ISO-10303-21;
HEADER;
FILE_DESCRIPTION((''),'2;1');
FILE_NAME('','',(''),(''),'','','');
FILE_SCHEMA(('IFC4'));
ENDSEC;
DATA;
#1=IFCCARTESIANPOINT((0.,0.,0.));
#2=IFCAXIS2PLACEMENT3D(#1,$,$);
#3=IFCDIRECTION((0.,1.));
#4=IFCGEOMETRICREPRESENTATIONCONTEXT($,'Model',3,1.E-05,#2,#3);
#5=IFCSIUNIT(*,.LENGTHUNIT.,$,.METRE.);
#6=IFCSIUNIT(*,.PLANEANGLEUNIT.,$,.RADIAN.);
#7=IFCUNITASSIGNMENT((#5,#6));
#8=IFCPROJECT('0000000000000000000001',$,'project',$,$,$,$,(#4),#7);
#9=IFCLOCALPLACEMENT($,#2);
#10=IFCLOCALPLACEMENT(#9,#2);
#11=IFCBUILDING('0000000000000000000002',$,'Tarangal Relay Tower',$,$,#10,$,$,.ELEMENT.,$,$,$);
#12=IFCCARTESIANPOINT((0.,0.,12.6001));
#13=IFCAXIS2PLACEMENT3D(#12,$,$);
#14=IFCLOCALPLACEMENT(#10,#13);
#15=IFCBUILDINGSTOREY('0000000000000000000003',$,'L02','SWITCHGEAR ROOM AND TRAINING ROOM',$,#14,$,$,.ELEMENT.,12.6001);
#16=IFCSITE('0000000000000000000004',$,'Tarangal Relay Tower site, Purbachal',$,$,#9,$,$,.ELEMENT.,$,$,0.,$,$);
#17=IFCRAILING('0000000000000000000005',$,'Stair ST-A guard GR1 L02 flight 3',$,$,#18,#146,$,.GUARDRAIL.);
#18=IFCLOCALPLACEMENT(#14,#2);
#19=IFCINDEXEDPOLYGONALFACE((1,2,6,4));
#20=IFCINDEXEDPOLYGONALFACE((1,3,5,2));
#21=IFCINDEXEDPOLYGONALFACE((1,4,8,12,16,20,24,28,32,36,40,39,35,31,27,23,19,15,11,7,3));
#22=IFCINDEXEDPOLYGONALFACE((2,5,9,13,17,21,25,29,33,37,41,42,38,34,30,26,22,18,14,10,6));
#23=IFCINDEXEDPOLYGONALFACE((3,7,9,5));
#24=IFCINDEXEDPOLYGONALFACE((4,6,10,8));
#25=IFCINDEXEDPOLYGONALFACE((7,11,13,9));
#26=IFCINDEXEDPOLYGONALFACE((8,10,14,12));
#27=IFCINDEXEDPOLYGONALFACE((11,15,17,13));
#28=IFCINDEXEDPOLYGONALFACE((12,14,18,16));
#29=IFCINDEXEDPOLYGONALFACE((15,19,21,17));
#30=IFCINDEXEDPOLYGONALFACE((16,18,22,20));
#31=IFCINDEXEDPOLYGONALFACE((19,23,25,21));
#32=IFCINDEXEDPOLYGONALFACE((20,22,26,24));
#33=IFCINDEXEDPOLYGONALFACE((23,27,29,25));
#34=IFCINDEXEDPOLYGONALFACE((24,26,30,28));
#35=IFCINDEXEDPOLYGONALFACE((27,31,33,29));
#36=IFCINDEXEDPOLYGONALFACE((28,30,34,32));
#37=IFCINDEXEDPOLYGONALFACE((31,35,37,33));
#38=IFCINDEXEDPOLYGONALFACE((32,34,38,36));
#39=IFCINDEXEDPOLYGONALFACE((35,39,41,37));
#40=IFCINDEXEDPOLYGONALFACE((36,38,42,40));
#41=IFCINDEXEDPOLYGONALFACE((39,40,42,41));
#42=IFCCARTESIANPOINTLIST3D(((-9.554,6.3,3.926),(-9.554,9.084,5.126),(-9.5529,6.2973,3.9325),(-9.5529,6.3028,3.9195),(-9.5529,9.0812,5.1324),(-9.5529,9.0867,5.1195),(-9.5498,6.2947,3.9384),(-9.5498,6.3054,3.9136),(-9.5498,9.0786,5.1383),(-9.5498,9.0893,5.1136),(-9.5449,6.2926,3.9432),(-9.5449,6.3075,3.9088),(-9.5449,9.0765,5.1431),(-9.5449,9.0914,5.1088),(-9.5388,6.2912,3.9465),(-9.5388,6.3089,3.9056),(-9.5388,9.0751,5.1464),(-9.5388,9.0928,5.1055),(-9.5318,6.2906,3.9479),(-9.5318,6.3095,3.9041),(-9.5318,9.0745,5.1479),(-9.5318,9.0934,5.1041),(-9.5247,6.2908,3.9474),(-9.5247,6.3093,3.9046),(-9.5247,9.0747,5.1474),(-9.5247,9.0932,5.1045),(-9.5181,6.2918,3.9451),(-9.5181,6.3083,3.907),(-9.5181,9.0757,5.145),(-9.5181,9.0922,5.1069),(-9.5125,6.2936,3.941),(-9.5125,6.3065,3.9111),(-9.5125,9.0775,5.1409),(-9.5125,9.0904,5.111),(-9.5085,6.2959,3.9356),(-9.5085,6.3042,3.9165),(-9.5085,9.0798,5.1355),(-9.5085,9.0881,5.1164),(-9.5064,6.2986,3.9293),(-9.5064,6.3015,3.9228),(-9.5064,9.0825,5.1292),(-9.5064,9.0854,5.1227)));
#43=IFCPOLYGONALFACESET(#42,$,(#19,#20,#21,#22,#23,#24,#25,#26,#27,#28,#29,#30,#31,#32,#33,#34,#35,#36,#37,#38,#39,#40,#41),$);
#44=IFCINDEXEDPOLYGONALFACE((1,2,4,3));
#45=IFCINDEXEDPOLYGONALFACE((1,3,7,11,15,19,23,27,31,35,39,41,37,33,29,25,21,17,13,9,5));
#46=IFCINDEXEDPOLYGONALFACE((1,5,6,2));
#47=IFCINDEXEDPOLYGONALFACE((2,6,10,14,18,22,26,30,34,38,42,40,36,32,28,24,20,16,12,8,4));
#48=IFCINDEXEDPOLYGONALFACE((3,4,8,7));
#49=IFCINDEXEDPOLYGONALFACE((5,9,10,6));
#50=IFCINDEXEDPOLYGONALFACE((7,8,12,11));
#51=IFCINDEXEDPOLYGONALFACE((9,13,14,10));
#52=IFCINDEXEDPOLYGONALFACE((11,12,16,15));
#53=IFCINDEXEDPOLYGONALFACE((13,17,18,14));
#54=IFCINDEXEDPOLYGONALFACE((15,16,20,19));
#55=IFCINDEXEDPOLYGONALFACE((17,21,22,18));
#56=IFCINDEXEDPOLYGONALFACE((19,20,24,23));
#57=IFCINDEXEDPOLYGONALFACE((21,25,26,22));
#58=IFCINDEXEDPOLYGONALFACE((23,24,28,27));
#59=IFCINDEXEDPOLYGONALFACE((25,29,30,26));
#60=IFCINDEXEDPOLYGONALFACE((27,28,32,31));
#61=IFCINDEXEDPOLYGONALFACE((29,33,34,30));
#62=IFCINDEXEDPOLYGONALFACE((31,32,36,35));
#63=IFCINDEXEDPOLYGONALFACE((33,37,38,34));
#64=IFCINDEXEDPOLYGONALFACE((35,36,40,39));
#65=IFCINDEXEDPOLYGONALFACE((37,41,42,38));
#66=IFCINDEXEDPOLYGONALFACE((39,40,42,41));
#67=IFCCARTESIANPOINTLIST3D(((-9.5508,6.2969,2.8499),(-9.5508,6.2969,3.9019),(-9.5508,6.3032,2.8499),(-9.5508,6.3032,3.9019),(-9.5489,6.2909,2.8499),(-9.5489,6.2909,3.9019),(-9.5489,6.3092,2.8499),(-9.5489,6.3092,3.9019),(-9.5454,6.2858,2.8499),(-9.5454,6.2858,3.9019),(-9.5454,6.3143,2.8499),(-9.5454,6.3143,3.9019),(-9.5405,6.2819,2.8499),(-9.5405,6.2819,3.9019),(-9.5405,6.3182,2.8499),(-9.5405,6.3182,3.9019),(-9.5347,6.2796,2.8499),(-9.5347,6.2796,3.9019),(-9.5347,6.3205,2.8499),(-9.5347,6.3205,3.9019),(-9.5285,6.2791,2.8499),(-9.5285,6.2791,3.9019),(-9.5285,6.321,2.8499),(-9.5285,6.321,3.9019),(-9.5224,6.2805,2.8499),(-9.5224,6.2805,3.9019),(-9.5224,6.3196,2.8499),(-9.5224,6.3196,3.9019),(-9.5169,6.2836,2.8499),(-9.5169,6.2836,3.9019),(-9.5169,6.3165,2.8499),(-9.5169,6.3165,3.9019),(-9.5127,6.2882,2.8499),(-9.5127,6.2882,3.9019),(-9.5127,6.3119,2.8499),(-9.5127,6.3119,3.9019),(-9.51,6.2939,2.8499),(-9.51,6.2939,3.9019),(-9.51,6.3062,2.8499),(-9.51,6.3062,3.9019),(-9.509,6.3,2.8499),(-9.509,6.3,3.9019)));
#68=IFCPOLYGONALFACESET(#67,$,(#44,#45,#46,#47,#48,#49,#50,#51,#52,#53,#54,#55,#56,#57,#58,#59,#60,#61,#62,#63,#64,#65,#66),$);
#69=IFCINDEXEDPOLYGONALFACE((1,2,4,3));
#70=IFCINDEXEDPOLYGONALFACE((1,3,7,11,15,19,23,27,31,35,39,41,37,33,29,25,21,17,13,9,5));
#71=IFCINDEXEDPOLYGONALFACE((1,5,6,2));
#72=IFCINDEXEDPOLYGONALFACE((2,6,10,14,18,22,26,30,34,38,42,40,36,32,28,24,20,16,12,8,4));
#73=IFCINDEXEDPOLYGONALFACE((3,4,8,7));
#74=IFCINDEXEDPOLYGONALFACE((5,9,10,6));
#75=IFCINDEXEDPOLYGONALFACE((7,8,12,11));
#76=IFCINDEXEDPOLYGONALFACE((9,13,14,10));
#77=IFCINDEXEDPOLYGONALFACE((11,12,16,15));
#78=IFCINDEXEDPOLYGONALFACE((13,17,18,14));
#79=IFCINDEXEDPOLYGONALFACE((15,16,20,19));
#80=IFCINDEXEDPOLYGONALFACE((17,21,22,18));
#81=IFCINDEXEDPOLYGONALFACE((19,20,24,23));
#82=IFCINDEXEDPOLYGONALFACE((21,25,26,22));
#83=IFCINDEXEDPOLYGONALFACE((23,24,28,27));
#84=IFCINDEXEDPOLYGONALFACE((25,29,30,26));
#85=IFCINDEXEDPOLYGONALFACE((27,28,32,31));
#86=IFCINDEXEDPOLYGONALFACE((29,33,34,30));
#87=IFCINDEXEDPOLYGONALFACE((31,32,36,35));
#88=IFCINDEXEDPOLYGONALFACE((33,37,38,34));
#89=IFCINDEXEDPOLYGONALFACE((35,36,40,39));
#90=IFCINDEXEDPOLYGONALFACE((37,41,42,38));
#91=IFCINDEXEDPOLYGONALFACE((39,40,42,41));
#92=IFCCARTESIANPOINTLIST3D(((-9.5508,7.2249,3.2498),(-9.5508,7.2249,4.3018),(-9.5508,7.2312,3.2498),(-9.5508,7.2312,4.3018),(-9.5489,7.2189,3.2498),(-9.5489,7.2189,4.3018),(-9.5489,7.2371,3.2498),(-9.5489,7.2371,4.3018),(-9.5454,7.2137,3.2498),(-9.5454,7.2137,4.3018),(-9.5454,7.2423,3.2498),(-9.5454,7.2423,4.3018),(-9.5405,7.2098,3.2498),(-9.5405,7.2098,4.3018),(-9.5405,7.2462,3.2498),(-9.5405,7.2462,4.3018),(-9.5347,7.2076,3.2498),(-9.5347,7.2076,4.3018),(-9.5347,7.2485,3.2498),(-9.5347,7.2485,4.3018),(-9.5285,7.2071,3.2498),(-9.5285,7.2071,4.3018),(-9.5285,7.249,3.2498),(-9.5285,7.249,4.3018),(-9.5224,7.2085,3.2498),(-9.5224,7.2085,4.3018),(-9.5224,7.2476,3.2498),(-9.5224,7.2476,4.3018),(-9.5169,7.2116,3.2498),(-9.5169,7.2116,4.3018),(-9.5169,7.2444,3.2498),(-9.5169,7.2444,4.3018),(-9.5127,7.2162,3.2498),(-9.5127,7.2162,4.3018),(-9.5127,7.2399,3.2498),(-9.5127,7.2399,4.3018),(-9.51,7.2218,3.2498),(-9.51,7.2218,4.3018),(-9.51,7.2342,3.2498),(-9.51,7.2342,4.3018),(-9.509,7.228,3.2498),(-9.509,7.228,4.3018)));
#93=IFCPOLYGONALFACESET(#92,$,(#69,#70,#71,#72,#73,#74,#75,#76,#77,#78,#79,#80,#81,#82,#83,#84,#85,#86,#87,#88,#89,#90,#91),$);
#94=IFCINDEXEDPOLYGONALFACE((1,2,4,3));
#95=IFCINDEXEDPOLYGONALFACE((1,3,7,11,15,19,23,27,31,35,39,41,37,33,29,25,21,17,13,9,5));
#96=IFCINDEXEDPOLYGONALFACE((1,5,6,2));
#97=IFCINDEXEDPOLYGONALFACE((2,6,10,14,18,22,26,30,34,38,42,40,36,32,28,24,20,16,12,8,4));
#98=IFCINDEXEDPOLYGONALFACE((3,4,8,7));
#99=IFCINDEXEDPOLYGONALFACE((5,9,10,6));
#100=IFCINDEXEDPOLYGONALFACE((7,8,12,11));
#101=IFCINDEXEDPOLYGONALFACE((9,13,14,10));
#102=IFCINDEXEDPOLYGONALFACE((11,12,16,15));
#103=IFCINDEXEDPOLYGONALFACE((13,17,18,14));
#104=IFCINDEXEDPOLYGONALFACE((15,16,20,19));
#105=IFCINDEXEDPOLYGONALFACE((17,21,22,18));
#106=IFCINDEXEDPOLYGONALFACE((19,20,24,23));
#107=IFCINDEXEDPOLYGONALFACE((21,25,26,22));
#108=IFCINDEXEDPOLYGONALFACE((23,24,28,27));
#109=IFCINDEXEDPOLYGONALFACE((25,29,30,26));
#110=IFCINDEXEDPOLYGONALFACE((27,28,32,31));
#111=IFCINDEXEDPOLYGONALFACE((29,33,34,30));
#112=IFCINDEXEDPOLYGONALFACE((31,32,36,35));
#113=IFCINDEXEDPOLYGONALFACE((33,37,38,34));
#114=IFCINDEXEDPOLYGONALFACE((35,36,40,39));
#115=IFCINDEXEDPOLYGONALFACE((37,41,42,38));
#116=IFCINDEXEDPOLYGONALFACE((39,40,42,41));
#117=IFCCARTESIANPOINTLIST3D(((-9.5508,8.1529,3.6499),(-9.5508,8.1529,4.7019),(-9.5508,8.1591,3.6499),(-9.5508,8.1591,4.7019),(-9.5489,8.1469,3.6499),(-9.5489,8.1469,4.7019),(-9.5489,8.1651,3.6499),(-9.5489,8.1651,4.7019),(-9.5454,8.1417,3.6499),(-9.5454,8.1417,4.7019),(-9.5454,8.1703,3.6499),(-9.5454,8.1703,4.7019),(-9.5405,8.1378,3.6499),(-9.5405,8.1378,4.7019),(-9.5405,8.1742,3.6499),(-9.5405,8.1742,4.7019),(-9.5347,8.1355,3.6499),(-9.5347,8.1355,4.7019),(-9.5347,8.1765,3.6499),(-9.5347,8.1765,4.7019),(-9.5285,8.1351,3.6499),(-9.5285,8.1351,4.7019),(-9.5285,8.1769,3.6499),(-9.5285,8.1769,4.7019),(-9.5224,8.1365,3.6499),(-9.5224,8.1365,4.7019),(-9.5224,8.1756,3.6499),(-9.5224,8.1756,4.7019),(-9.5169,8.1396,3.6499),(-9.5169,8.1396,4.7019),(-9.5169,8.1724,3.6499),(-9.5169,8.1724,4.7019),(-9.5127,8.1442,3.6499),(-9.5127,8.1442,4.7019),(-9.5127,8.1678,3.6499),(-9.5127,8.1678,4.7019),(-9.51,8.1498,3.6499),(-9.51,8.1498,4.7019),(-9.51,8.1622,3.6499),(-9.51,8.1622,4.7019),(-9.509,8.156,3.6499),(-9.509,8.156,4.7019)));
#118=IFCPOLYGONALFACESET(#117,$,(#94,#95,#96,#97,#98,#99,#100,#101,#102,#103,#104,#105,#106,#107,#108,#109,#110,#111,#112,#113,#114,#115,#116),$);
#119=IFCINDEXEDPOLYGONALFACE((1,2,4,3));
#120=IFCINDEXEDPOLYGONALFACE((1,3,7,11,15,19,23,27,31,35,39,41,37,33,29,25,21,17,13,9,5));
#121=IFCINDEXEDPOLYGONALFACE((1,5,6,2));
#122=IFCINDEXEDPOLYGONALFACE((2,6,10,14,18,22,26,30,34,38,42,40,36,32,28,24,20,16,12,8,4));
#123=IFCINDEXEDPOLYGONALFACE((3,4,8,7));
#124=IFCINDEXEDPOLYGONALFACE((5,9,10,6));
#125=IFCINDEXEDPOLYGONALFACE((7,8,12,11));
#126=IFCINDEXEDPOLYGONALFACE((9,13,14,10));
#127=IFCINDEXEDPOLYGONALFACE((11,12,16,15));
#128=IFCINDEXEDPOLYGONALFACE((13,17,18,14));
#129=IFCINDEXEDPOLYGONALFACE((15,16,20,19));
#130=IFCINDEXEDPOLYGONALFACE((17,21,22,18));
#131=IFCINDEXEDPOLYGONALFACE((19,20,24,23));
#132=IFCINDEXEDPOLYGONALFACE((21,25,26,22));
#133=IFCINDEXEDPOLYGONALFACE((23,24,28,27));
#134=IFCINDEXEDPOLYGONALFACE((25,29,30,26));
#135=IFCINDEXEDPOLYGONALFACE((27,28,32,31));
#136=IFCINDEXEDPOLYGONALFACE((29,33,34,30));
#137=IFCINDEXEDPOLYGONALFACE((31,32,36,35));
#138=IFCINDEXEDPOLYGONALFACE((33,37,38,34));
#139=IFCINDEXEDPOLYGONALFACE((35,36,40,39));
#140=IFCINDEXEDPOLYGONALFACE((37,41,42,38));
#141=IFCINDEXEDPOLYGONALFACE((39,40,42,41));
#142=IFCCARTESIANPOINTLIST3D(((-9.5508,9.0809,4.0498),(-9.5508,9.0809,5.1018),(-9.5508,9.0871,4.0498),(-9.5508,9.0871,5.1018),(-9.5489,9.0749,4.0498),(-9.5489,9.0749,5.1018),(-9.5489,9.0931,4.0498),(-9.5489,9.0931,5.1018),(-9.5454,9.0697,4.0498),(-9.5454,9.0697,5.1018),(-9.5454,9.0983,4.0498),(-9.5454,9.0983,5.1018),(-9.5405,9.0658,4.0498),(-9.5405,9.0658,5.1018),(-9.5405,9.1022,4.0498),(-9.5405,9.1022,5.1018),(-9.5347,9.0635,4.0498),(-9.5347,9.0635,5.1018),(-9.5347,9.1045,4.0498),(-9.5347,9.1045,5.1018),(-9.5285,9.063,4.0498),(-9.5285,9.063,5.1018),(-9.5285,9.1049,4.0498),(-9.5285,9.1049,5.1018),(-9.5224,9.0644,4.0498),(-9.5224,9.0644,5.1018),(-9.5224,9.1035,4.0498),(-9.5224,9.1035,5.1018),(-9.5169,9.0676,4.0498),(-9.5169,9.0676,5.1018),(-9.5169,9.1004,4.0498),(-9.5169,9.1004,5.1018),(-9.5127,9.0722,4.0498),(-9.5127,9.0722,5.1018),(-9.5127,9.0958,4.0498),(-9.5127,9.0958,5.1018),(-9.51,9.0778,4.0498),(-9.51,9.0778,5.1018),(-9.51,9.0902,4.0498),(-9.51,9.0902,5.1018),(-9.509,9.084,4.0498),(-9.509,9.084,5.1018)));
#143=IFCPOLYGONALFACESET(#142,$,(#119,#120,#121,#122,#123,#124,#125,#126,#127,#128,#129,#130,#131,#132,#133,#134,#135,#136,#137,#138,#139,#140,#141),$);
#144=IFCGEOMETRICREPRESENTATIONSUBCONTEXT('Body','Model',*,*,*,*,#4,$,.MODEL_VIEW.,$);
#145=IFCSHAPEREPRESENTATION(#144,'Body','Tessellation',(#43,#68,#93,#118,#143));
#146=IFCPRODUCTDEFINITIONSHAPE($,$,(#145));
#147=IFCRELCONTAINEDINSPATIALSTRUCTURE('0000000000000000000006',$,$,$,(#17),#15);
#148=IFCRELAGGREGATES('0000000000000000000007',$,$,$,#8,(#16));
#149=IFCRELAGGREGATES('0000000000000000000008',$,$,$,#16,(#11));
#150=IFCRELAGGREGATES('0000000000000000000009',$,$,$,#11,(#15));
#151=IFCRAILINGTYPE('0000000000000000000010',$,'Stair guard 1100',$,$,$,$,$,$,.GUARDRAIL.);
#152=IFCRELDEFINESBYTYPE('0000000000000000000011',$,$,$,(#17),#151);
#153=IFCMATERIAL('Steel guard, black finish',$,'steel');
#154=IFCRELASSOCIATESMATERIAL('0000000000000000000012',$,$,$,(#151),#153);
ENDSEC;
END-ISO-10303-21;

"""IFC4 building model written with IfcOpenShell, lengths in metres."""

from ifc_helpers import new_model, si_unit, direction, frame, origin, origin_2d, place, context, subcontext, project, spatial, circle, extrude, material, type_object, element, save


model = new_model("IFC4")

# Units and contexts
model_context = context("Model", 3, precision=1e-05, world=origin(), true_north=direction((0.0, 1.0)))
body_context = subcontext(model_context, "Body", "Model", "MODEL_VIEW")
ifc_project = project(units=[si_unit("LENGTHUNIT", "METRE"), si_unit("PLANEANGLEUNIT", "RADIAN")], contexts=[model_context])

# Site, building, storey
site_placement = place(None, origin())
site = spatial("IfcSite", under=ifc_project, at=site_placement, Name="Tarangal Relay Tower site, Purbachal", CompositionType="ELEMENT", RefElevation=0.0)
building_placement = place(site_placement, origin())
building = spatial("IfcBuilding", under=site, at=building_placement, Name="Tarangal Relay Tower", CompositionType="ELEMENT")
storey_placement = place(building_placement, frame((0.0, 0.0, 12.6001)))
storey = spatial("IfcBuildingStorey", under=building, at=storey_placement, Name="L02", Description="SWITCHGEAR ROOM AND TRAINING ROOM", CompositionType="ELEMENT", Elevation=12.6001)

# Railing
ifc_material_1 = material(Name="Steel guard, black finish", Category="steel")
railing_type_1 = type_object("IfcRailingType", Name="Stair guard 1100", PredefinedType="GUARDRAIL", material=ifc_material_1)
for number, where, name in (
    (1, (-9.53, 6.3, 2.8499), "Stair ST-A guard GR1 L02 flight 3"),
):
    element("IfcRailing", number, at=place(storey_placement, frame(where)), inside=storey, type_object=railing_type_1, Name=name, PredefinedType="GUARDRAIL", context=body_context, shape_type="SweptSolid", body=[
        extrude(circle(Radius=0.0239, at=origin_2d()), frame((0.0, 0.0, 1.0762), z_axis=(0.0, 0.918327, 0.395823), x_axis=(-1.0, 0.0, 0.0)), (0.0, 0.0, 1.0), 3.0315),
        extrude(circle(Radius=0.021, at=origin_2d()), origin(), (0.0, 0.0, 1.0), 1.052),
        extrude(circle(Radius=0.021, at=origin_2d()), frame((0.0, 0.928, 0.3999)), (0.0, 0.0, 1.0), 1.052),
        extrude(circle(Radius=0.021, at=origin_2d()), frame((0.0, 1.856, 0.8)), (0.0, 0.0, 1.0), 1.052),
        extrude(circle(Radius=0.021, at=origin_2d()), frame((0.0, 2.7839, 1.2)), (0.0, 0.0, 1.0), 1.052),
    ])

save(model, "model.ifc")
